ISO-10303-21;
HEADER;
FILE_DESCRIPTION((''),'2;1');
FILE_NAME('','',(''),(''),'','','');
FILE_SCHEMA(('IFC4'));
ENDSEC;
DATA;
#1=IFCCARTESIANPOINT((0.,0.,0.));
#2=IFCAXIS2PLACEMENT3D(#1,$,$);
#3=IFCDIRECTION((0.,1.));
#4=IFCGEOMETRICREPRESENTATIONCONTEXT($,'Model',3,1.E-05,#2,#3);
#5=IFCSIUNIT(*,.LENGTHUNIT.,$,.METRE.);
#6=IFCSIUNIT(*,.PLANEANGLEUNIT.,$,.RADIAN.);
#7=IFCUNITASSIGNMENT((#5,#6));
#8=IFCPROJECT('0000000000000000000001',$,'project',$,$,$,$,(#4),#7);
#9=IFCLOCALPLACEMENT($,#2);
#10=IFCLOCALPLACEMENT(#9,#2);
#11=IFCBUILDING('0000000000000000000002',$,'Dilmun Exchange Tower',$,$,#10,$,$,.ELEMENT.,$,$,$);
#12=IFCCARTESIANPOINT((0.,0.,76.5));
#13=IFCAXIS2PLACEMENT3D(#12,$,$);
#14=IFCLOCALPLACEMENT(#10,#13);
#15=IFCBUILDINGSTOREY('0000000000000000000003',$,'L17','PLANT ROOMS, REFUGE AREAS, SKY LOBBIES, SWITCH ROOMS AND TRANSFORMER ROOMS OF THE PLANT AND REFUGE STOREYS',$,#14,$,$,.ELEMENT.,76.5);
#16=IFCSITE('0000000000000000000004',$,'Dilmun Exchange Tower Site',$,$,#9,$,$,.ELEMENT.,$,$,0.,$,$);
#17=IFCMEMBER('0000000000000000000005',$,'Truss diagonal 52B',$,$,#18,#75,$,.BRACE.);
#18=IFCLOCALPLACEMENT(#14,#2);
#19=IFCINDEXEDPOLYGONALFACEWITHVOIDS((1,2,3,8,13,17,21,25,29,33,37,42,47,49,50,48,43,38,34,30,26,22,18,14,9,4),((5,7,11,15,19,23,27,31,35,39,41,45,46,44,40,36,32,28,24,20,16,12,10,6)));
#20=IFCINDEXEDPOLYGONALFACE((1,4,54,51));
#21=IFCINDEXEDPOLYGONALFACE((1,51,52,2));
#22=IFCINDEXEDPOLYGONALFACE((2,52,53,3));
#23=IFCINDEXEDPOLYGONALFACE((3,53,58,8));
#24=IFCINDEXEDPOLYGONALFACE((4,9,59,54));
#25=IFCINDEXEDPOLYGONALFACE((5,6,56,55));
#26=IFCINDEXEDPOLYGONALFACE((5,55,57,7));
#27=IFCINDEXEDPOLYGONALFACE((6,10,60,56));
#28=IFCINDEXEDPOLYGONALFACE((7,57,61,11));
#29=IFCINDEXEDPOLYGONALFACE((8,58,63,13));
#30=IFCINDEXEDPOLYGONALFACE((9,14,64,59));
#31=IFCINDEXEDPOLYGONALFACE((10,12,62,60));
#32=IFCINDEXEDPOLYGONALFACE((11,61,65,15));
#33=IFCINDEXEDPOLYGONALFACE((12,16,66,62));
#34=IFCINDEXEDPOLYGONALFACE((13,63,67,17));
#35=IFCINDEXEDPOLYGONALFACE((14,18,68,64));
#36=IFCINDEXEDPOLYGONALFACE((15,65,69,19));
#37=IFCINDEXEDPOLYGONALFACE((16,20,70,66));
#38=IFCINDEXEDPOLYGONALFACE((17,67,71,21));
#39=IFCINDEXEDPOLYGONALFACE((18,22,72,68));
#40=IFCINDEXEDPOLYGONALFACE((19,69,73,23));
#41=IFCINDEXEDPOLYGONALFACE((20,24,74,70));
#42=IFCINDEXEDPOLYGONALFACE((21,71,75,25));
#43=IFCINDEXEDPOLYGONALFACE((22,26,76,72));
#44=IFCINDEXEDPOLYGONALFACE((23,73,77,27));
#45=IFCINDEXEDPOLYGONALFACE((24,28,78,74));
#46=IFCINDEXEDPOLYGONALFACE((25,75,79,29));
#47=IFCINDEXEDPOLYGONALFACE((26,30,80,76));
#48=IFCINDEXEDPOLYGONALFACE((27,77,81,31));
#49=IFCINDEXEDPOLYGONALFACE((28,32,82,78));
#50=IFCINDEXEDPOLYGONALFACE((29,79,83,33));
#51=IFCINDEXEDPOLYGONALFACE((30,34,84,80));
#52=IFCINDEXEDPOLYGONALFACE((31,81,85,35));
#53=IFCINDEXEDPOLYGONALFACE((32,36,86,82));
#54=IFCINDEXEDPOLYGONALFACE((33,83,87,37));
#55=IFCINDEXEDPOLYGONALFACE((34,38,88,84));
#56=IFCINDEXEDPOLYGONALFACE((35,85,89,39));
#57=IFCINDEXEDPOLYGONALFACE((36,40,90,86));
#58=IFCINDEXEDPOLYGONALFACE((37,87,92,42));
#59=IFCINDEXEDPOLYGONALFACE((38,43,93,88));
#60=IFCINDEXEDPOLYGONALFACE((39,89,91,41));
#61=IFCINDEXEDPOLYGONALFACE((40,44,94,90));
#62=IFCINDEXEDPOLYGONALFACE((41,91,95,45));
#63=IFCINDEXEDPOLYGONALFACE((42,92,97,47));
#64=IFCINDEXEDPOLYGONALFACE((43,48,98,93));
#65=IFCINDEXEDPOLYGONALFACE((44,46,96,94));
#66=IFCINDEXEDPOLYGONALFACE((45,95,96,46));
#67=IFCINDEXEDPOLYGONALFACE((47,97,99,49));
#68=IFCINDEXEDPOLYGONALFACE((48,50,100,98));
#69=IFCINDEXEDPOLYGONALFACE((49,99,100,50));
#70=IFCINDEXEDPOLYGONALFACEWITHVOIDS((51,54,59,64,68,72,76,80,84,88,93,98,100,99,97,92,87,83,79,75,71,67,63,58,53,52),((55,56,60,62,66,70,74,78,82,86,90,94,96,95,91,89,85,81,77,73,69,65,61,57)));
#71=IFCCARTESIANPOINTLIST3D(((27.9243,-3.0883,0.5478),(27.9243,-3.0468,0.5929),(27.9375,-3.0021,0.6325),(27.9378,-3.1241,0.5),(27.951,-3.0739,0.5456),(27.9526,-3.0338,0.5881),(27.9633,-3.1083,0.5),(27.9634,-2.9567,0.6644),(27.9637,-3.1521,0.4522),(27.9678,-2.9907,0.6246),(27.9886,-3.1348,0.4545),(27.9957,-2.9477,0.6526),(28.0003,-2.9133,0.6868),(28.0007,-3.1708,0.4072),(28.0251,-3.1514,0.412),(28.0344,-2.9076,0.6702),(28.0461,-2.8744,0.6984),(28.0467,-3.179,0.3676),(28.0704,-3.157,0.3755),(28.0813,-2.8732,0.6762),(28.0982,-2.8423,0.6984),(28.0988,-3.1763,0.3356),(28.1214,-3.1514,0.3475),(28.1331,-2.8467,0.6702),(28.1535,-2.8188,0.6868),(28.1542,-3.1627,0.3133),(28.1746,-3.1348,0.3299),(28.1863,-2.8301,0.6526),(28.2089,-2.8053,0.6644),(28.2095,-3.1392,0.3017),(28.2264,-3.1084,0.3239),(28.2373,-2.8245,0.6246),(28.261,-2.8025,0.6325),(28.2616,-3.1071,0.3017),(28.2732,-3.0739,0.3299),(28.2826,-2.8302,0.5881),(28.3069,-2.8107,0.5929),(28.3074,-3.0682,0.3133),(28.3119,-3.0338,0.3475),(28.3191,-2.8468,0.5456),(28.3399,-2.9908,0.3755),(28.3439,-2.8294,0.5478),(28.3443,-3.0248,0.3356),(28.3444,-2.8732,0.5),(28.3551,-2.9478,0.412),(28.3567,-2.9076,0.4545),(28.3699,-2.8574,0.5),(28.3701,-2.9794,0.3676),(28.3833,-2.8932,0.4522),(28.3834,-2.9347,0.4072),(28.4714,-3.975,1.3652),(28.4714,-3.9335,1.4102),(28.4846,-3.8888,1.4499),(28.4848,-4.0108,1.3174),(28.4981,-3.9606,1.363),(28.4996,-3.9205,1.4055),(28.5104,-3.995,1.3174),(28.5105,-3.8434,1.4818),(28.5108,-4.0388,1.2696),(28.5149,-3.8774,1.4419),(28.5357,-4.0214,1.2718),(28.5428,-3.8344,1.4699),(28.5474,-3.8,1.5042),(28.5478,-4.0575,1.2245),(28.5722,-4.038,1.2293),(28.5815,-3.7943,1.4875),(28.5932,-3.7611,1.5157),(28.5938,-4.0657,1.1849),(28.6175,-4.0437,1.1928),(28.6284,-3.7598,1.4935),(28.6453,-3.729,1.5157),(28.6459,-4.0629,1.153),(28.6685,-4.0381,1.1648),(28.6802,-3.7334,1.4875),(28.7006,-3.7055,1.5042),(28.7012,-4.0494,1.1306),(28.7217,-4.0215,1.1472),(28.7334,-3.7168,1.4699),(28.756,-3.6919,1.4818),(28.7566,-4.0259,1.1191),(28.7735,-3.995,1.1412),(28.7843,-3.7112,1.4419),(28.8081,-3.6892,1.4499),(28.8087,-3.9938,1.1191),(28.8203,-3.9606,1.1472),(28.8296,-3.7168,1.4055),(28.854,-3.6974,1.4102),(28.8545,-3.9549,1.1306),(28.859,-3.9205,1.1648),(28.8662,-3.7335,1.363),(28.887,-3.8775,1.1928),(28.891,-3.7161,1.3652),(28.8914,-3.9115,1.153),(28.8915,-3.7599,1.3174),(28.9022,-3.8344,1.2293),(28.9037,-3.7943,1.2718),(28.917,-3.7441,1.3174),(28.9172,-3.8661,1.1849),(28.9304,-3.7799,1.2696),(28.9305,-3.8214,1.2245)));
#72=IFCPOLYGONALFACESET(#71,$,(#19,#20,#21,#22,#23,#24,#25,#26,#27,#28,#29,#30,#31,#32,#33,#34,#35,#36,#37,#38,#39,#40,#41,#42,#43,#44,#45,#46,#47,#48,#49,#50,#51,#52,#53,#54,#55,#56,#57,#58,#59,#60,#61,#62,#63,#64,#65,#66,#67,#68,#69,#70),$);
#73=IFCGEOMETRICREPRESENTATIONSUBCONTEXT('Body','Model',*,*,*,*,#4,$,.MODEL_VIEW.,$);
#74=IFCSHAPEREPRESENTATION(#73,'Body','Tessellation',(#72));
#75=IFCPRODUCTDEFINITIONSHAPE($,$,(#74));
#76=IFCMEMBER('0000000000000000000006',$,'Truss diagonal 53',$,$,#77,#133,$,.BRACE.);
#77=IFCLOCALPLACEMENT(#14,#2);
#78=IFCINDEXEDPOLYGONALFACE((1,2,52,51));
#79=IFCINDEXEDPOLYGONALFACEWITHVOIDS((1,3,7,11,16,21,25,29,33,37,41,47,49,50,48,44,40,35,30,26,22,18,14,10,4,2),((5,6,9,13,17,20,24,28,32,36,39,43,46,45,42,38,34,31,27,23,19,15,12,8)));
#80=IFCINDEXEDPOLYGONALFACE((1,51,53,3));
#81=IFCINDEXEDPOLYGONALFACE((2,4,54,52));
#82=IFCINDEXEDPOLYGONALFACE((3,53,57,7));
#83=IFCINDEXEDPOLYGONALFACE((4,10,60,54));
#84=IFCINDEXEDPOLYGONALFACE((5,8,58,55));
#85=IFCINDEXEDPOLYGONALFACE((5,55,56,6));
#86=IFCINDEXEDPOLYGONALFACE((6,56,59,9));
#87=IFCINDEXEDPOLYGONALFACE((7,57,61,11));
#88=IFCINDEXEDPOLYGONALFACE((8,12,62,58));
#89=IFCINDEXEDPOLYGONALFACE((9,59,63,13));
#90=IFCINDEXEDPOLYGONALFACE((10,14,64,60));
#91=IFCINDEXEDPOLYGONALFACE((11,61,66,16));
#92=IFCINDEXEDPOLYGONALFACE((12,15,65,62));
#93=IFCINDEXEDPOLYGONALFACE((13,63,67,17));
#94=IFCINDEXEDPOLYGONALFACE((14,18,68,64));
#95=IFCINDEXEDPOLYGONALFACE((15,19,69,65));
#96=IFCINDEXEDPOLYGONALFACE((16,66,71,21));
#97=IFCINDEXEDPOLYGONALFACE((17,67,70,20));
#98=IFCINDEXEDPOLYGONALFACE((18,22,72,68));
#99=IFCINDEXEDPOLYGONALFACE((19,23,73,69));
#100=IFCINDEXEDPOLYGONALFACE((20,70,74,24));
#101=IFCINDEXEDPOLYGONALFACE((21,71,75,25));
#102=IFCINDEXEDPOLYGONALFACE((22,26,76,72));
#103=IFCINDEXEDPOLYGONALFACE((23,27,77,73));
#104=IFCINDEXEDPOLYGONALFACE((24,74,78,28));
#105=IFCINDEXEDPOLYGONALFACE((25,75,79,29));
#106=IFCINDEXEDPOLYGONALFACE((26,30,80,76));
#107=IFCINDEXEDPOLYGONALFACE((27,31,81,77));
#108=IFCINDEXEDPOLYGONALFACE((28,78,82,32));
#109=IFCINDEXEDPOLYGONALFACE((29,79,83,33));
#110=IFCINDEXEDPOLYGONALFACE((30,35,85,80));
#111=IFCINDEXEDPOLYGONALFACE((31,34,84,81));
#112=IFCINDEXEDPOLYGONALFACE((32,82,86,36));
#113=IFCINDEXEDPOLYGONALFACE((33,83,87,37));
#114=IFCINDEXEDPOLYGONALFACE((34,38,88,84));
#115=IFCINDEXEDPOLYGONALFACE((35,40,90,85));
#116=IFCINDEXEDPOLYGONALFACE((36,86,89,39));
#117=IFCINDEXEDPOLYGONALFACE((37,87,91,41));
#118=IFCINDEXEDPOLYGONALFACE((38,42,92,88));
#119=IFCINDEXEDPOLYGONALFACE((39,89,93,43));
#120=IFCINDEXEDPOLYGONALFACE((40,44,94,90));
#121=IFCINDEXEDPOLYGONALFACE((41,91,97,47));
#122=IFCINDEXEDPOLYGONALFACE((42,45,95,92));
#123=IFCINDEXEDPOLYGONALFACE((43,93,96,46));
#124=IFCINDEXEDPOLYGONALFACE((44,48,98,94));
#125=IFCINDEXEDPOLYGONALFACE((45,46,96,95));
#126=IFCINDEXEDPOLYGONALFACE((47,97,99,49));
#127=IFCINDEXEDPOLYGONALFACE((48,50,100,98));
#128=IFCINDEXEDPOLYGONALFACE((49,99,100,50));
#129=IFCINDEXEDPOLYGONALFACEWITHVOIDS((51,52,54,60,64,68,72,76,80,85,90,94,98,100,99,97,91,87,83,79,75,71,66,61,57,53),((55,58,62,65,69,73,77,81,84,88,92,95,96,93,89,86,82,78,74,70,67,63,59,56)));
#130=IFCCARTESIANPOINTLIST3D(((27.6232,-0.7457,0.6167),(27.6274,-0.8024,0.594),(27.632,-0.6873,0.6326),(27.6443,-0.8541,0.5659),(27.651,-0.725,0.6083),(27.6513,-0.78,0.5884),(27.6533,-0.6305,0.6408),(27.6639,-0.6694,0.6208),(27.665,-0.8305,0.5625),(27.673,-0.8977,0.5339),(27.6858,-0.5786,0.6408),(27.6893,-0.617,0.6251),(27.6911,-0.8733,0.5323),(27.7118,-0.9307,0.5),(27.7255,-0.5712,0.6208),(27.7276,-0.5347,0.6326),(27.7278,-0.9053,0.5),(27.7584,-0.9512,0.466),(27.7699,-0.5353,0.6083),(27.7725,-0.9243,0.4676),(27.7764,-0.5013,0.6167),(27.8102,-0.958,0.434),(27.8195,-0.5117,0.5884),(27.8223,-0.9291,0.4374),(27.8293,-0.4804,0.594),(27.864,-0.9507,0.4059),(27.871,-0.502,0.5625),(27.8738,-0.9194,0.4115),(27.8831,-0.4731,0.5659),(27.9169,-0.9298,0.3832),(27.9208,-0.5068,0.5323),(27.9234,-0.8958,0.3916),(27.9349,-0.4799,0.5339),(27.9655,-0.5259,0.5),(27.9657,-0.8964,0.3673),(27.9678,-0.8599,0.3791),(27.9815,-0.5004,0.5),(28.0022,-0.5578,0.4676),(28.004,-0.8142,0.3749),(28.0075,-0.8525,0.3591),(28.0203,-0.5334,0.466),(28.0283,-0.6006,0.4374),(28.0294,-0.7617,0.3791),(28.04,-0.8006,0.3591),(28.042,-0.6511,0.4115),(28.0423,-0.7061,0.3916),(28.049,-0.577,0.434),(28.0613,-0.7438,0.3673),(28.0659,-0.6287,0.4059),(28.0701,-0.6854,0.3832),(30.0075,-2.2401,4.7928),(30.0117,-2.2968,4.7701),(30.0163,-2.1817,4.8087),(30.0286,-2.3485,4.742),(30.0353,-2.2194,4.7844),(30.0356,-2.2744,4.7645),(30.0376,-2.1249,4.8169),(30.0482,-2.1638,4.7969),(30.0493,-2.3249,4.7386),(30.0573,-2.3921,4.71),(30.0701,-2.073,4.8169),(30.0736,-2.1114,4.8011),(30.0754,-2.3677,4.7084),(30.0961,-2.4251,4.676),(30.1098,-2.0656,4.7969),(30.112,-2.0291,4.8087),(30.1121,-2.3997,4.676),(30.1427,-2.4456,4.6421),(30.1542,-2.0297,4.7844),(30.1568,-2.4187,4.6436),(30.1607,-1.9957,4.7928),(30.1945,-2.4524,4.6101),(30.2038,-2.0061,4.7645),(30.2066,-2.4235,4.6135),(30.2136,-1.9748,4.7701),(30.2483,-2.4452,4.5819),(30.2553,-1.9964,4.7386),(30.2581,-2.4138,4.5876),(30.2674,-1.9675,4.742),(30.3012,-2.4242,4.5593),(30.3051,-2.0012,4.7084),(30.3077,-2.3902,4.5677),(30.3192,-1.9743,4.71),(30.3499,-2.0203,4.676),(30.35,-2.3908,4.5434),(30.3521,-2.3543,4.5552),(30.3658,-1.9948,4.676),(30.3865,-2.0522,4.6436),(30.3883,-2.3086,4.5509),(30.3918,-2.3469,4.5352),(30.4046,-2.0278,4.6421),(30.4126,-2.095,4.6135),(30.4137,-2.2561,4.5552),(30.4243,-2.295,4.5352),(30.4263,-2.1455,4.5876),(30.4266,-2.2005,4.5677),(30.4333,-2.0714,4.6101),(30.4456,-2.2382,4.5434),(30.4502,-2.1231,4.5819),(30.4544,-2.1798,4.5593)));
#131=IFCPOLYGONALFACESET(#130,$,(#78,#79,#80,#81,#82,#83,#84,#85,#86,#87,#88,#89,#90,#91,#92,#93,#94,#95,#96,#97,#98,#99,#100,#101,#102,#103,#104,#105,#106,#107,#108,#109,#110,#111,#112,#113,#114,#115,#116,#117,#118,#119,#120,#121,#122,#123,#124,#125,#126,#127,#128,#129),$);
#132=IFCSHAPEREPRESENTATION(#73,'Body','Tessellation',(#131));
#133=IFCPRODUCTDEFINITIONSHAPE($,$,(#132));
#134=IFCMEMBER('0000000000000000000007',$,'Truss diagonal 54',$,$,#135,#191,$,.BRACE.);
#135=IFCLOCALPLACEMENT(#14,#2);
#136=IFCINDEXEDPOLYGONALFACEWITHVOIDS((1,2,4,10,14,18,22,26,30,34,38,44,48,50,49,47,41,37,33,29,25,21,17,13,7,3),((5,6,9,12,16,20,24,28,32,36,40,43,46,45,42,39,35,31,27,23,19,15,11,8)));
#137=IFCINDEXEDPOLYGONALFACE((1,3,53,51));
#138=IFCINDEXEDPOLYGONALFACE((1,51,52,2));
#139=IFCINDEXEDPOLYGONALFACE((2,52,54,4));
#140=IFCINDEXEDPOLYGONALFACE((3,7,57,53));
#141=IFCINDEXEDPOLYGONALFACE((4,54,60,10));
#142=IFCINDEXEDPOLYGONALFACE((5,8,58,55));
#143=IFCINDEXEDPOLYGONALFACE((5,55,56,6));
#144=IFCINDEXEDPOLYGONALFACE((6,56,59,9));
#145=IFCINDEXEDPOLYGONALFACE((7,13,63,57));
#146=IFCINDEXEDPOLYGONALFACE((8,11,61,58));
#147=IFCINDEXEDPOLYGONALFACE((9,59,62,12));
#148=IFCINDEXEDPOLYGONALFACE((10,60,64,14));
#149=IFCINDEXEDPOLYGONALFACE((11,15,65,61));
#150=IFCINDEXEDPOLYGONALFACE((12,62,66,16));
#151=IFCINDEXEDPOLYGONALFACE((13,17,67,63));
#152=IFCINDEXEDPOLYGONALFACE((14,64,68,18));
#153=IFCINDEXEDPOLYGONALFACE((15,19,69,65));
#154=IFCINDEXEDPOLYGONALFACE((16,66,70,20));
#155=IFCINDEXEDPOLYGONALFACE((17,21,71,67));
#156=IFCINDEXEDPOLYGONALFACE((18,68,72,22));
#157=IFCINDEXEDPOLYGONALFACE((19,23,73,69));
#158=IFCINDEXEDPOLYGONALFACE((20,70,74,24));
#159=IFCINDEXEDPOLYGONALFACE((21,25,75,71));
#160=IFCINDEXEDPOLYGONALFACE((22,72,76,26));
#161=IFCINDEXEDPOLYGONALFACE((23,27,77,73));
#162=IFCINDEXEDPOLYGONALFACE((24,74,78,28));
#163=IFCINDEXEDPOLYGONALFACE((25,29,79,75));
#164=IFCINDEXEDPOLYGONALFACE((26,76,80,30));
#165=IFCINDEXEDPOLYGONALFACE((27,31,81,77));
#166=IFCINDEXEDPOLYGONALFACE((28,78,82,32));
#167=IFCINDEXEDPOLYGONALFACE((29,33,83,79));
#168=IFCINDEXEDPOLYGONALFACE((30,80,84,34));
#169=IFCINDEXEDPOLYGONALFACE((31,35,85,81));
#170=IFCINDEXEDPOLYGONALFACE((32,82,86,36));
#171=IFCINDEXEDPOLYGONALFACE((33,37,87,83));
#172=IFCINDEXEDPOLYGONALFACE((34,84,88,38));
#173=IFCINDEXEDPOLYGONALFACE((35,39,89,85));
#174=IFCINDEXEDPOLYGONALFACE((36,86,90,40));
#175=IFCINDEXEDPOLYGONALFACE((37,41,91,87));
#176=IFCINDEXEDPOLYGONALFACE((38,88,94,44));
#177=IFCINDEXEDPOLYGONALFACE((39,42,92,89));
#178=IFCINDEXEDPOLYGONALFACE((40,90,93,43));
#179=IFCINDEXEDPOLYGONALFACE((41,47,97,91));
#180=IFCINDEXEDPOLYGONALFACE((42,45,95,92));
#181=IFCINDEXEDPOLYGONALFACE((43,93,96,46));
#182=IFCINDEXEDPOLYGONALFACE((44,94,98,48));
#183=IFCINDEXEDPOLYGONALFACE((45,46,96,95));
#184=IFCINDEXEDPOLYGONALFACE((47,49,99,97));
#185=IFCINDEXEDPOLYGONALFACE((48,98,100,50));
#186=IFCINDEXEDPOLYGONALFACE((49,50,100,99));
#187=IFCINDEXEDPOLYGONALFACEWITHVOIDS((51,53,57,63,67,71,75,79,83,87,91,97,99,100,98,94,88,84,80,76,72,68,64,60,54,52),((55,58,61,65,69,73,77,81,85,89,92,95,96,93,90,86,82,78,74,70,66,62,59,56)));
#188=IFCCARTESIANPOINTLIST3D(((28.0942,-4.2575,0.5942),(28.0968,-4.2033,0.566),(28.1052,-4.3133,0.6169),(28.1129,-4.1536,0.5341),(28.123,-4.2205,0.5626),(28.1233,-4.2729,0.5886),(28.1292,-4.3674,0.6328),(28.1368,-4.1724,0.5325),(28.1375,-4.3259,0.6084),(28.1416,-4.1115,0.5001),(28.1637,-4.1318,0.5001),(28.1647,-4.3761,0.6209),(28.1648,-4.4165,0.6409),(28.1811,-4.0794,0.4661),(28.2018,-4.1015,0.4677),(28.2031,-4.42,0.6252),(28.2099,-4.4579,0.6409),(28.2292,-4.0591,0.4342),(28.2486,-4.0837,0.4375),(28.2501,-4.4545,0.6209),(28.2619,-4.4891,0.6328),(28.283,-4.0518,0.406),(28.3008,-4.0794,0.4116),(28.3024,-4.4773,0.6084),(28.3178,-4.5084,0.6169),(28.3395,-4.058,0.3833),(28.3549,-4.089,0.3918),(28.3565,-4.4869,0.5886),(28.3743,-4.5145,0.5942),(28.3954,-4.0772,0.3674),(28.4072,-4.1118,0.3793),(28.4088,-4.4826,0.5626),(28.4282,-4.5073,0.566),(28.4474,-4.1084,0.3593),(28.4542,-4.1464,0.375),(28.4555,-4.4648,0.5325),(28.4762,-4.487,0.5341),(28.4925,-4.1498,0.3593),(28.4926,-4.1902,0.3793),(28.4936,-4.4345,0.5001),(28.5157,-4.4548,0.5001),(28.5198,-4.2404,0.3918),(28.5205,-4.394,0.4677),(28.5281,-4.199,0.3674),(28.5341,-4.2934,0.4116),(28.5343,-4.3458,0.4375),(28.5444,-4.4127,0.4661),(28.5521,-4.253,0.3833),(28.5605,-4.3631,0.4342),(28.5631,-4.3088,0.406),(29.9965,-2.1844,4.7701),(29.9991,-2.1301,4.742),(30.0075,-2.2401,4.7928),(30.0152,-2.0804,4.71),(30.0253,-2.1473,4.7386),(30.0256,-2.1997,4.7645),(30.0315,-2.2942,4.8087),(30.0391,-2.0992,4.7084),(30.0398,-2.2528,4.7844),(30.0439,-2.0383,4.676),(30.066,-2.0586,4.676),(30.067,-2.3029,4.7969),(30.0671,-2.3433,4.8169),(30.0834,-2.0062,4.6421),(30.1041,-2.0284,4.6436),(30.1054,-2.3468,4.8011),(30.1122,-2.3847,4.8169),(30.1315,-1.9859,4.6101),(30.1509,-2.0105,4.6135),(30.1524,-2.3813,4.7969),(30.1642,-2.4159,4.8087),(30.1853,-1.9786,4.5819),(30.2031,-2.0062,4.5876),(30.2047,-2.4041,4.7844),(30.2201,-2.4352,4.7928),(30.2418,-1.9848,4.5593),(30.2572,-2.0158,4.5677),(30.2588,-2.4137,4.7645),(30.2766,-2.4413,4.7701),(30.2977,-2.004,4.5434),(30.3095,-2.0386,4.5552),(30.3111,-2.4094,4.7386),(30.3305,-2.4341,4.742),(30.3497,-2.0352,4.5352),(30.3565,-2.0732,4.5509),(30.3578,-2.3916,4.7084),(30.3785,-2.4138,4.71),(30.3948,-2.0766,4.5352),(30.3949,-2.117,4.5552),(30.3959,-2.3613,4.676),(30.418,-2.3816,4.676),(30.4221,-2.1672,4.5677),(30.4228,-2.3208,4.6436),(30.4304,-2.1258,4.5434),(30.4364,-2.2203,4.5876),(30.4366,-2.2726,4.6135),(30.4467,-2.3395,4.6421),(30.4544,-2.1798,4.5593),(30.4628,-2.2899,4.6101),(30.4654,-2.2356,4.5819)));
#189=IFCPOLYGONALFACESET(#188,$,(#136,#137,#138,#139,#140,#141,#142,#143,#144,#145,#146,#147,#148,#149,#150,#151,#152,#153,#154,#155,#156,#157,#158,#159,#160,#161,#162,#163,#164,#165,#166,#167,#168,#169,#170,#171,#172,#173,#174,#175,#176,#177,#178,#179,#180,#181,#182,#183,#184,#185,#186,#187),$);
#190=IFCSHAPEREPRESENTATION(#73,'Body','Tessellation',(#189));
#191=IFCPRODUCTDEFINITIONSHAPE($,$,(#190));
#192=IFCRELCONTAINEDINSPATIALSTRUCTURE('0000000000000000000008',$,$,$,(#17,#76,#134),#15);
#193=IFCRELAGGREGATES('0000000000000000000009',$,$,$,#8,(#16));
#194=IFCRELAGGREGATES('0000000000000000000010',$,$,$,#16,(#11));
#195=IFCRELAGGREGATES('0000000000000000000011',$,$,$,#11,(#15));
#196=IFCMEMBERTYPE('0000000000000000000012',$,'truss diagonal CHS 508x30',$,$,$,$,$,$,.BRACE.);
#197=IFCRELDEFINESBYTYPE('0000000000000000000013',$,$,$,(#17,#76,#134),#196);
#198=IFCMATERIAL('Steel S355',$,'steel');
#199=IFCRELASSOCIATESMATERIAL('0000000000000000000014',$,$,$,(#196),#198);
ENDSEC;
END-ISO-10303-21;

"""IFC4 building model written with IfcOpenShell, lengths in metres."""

from ifc_helpers import new_model, si_unit, direction, frame, origin, origin_2d, place, context, subcontext, project, spatial, hollow_circle, extrude, material, material_profile, profile_set, type_object, element, save


model = new_model("IFC4")

# Units and contexts
model_context = context("Model", 3, precision=1e-05, world=origin(), true_north=direction((0.0, 1.0)))
body_context = subcontext(model_context, "Body", "Model", "MODEL_VIEW")
ifc_project = project(units=[si_unit("LENGTHUNIT", "METRE"), si_unit("PLANEANGLEUNIT", "RADIAN")], contexts=[model_context])

# Site, building, storey
site_placement = place(None, origin())
site = spatial("IfcSite", under=ifc_project, at=site_placement, Name="Dilmun Exchange Tower Site", CompositionType="ELEMENT", RefElevation=0.0)
building_placement = place(site_placement, origin())
building = spatial("IfcBuilding", under=site, at=building_placement, Name="Dilmun Exchange Tower", CompositionType="ELEMENT")
storey_placement = place(building_placement, frame((0.0, 0.0, 76.5)))
storey = spatial("IfcBuildingStorey", under=building, at=storey_placement, Name="L17", Description="PLANT ROOMS, REFUGE AREAS, SKY LOBBIES, SWITCH ROOMS AND TRANSFORMER ROOMS OF THE PLANT AND REFUGE STOREYS", CompositionType="ELEMENT", Elevation=76.5)

# Shared definitions
ifc_material_1 = material(Name="Steel S355", Category="steel")

# Members
ifc_material_profile_1 = material_profile(ifc_material_1, hollow_circle(Radius=0.2539, WallThickness=0.03, at=origin_2d()), Name="CHS 508x30")
ifc_profile_set_1 = profile_set([ifc_material_profile_1], Name="Steel S355")
member_type_1 = type_object("IfcMemberType", Name="truss diagonal CHS 508x30", PredefinedType="BRACE", material=ifc_profile_set_1)
member_1_placement = place(storey_placement, frame((28.7009, -3.8774, 1.3174), z_axis=(-0.413144, 0.669584, -0.617227), x_axis=(-0.851038, -0.525104, 0.0)))
element("IfcMember", 1, at=member_1_placement, inside=storey, type_object=member_type_1, Name="Truss diagonal 52B", PredefinedType="BRACE", context=body_context, shape_type="SweptSolid", body=[
    extrude(hollow_circle(Radius=0.2539, WallThickness=0.03, at=origin_2d()), origin(), (0.0, 0.0, 1.0), 1.3242),
])
member_2_placement = place(storey_placement, frame((30.231, -2.21, 4.676), z_axis=(-0.473485, 0.296765, -0.829302), x_axis=(-0.531075, -0.847325, 0.0)))
element("IfcMember", 2, at=member_2_placement, inside=storey, type_object=member_type_1, Name="Truss diagonal 53", PredefinedType="BRACE", context=body_context, shape_type="SweptSolid", body=[
    extrude(hollow_circle(Radius=0.2539, WallThickness=0.03, at=origin_2d()), origin(), (0.0, 0.0, 1.0), 5.0356),
])
member_3_placement = place(storey_placement, frame((30.231, -2.21, 4.676), z_axis=(-0.377785, -0.411724, -0.829314), x_axis=(0.736823, -0.676086, 0.0)))
element("IfcMember", 3, at=member_3_placement, inside=storey, type_object=member_type_1, Name="Truss diagonal 54", PredefinedType="BRACE", context=body_context, shape_type="SweptSolid", body=[
    extrude(hollow_circle(Radius=0.2539, WallThickness=0.03, at=origin_2d()), origin(), (0.0, 0.0, 1.0), 5.0354),
])

save(model, "model.ifc")
